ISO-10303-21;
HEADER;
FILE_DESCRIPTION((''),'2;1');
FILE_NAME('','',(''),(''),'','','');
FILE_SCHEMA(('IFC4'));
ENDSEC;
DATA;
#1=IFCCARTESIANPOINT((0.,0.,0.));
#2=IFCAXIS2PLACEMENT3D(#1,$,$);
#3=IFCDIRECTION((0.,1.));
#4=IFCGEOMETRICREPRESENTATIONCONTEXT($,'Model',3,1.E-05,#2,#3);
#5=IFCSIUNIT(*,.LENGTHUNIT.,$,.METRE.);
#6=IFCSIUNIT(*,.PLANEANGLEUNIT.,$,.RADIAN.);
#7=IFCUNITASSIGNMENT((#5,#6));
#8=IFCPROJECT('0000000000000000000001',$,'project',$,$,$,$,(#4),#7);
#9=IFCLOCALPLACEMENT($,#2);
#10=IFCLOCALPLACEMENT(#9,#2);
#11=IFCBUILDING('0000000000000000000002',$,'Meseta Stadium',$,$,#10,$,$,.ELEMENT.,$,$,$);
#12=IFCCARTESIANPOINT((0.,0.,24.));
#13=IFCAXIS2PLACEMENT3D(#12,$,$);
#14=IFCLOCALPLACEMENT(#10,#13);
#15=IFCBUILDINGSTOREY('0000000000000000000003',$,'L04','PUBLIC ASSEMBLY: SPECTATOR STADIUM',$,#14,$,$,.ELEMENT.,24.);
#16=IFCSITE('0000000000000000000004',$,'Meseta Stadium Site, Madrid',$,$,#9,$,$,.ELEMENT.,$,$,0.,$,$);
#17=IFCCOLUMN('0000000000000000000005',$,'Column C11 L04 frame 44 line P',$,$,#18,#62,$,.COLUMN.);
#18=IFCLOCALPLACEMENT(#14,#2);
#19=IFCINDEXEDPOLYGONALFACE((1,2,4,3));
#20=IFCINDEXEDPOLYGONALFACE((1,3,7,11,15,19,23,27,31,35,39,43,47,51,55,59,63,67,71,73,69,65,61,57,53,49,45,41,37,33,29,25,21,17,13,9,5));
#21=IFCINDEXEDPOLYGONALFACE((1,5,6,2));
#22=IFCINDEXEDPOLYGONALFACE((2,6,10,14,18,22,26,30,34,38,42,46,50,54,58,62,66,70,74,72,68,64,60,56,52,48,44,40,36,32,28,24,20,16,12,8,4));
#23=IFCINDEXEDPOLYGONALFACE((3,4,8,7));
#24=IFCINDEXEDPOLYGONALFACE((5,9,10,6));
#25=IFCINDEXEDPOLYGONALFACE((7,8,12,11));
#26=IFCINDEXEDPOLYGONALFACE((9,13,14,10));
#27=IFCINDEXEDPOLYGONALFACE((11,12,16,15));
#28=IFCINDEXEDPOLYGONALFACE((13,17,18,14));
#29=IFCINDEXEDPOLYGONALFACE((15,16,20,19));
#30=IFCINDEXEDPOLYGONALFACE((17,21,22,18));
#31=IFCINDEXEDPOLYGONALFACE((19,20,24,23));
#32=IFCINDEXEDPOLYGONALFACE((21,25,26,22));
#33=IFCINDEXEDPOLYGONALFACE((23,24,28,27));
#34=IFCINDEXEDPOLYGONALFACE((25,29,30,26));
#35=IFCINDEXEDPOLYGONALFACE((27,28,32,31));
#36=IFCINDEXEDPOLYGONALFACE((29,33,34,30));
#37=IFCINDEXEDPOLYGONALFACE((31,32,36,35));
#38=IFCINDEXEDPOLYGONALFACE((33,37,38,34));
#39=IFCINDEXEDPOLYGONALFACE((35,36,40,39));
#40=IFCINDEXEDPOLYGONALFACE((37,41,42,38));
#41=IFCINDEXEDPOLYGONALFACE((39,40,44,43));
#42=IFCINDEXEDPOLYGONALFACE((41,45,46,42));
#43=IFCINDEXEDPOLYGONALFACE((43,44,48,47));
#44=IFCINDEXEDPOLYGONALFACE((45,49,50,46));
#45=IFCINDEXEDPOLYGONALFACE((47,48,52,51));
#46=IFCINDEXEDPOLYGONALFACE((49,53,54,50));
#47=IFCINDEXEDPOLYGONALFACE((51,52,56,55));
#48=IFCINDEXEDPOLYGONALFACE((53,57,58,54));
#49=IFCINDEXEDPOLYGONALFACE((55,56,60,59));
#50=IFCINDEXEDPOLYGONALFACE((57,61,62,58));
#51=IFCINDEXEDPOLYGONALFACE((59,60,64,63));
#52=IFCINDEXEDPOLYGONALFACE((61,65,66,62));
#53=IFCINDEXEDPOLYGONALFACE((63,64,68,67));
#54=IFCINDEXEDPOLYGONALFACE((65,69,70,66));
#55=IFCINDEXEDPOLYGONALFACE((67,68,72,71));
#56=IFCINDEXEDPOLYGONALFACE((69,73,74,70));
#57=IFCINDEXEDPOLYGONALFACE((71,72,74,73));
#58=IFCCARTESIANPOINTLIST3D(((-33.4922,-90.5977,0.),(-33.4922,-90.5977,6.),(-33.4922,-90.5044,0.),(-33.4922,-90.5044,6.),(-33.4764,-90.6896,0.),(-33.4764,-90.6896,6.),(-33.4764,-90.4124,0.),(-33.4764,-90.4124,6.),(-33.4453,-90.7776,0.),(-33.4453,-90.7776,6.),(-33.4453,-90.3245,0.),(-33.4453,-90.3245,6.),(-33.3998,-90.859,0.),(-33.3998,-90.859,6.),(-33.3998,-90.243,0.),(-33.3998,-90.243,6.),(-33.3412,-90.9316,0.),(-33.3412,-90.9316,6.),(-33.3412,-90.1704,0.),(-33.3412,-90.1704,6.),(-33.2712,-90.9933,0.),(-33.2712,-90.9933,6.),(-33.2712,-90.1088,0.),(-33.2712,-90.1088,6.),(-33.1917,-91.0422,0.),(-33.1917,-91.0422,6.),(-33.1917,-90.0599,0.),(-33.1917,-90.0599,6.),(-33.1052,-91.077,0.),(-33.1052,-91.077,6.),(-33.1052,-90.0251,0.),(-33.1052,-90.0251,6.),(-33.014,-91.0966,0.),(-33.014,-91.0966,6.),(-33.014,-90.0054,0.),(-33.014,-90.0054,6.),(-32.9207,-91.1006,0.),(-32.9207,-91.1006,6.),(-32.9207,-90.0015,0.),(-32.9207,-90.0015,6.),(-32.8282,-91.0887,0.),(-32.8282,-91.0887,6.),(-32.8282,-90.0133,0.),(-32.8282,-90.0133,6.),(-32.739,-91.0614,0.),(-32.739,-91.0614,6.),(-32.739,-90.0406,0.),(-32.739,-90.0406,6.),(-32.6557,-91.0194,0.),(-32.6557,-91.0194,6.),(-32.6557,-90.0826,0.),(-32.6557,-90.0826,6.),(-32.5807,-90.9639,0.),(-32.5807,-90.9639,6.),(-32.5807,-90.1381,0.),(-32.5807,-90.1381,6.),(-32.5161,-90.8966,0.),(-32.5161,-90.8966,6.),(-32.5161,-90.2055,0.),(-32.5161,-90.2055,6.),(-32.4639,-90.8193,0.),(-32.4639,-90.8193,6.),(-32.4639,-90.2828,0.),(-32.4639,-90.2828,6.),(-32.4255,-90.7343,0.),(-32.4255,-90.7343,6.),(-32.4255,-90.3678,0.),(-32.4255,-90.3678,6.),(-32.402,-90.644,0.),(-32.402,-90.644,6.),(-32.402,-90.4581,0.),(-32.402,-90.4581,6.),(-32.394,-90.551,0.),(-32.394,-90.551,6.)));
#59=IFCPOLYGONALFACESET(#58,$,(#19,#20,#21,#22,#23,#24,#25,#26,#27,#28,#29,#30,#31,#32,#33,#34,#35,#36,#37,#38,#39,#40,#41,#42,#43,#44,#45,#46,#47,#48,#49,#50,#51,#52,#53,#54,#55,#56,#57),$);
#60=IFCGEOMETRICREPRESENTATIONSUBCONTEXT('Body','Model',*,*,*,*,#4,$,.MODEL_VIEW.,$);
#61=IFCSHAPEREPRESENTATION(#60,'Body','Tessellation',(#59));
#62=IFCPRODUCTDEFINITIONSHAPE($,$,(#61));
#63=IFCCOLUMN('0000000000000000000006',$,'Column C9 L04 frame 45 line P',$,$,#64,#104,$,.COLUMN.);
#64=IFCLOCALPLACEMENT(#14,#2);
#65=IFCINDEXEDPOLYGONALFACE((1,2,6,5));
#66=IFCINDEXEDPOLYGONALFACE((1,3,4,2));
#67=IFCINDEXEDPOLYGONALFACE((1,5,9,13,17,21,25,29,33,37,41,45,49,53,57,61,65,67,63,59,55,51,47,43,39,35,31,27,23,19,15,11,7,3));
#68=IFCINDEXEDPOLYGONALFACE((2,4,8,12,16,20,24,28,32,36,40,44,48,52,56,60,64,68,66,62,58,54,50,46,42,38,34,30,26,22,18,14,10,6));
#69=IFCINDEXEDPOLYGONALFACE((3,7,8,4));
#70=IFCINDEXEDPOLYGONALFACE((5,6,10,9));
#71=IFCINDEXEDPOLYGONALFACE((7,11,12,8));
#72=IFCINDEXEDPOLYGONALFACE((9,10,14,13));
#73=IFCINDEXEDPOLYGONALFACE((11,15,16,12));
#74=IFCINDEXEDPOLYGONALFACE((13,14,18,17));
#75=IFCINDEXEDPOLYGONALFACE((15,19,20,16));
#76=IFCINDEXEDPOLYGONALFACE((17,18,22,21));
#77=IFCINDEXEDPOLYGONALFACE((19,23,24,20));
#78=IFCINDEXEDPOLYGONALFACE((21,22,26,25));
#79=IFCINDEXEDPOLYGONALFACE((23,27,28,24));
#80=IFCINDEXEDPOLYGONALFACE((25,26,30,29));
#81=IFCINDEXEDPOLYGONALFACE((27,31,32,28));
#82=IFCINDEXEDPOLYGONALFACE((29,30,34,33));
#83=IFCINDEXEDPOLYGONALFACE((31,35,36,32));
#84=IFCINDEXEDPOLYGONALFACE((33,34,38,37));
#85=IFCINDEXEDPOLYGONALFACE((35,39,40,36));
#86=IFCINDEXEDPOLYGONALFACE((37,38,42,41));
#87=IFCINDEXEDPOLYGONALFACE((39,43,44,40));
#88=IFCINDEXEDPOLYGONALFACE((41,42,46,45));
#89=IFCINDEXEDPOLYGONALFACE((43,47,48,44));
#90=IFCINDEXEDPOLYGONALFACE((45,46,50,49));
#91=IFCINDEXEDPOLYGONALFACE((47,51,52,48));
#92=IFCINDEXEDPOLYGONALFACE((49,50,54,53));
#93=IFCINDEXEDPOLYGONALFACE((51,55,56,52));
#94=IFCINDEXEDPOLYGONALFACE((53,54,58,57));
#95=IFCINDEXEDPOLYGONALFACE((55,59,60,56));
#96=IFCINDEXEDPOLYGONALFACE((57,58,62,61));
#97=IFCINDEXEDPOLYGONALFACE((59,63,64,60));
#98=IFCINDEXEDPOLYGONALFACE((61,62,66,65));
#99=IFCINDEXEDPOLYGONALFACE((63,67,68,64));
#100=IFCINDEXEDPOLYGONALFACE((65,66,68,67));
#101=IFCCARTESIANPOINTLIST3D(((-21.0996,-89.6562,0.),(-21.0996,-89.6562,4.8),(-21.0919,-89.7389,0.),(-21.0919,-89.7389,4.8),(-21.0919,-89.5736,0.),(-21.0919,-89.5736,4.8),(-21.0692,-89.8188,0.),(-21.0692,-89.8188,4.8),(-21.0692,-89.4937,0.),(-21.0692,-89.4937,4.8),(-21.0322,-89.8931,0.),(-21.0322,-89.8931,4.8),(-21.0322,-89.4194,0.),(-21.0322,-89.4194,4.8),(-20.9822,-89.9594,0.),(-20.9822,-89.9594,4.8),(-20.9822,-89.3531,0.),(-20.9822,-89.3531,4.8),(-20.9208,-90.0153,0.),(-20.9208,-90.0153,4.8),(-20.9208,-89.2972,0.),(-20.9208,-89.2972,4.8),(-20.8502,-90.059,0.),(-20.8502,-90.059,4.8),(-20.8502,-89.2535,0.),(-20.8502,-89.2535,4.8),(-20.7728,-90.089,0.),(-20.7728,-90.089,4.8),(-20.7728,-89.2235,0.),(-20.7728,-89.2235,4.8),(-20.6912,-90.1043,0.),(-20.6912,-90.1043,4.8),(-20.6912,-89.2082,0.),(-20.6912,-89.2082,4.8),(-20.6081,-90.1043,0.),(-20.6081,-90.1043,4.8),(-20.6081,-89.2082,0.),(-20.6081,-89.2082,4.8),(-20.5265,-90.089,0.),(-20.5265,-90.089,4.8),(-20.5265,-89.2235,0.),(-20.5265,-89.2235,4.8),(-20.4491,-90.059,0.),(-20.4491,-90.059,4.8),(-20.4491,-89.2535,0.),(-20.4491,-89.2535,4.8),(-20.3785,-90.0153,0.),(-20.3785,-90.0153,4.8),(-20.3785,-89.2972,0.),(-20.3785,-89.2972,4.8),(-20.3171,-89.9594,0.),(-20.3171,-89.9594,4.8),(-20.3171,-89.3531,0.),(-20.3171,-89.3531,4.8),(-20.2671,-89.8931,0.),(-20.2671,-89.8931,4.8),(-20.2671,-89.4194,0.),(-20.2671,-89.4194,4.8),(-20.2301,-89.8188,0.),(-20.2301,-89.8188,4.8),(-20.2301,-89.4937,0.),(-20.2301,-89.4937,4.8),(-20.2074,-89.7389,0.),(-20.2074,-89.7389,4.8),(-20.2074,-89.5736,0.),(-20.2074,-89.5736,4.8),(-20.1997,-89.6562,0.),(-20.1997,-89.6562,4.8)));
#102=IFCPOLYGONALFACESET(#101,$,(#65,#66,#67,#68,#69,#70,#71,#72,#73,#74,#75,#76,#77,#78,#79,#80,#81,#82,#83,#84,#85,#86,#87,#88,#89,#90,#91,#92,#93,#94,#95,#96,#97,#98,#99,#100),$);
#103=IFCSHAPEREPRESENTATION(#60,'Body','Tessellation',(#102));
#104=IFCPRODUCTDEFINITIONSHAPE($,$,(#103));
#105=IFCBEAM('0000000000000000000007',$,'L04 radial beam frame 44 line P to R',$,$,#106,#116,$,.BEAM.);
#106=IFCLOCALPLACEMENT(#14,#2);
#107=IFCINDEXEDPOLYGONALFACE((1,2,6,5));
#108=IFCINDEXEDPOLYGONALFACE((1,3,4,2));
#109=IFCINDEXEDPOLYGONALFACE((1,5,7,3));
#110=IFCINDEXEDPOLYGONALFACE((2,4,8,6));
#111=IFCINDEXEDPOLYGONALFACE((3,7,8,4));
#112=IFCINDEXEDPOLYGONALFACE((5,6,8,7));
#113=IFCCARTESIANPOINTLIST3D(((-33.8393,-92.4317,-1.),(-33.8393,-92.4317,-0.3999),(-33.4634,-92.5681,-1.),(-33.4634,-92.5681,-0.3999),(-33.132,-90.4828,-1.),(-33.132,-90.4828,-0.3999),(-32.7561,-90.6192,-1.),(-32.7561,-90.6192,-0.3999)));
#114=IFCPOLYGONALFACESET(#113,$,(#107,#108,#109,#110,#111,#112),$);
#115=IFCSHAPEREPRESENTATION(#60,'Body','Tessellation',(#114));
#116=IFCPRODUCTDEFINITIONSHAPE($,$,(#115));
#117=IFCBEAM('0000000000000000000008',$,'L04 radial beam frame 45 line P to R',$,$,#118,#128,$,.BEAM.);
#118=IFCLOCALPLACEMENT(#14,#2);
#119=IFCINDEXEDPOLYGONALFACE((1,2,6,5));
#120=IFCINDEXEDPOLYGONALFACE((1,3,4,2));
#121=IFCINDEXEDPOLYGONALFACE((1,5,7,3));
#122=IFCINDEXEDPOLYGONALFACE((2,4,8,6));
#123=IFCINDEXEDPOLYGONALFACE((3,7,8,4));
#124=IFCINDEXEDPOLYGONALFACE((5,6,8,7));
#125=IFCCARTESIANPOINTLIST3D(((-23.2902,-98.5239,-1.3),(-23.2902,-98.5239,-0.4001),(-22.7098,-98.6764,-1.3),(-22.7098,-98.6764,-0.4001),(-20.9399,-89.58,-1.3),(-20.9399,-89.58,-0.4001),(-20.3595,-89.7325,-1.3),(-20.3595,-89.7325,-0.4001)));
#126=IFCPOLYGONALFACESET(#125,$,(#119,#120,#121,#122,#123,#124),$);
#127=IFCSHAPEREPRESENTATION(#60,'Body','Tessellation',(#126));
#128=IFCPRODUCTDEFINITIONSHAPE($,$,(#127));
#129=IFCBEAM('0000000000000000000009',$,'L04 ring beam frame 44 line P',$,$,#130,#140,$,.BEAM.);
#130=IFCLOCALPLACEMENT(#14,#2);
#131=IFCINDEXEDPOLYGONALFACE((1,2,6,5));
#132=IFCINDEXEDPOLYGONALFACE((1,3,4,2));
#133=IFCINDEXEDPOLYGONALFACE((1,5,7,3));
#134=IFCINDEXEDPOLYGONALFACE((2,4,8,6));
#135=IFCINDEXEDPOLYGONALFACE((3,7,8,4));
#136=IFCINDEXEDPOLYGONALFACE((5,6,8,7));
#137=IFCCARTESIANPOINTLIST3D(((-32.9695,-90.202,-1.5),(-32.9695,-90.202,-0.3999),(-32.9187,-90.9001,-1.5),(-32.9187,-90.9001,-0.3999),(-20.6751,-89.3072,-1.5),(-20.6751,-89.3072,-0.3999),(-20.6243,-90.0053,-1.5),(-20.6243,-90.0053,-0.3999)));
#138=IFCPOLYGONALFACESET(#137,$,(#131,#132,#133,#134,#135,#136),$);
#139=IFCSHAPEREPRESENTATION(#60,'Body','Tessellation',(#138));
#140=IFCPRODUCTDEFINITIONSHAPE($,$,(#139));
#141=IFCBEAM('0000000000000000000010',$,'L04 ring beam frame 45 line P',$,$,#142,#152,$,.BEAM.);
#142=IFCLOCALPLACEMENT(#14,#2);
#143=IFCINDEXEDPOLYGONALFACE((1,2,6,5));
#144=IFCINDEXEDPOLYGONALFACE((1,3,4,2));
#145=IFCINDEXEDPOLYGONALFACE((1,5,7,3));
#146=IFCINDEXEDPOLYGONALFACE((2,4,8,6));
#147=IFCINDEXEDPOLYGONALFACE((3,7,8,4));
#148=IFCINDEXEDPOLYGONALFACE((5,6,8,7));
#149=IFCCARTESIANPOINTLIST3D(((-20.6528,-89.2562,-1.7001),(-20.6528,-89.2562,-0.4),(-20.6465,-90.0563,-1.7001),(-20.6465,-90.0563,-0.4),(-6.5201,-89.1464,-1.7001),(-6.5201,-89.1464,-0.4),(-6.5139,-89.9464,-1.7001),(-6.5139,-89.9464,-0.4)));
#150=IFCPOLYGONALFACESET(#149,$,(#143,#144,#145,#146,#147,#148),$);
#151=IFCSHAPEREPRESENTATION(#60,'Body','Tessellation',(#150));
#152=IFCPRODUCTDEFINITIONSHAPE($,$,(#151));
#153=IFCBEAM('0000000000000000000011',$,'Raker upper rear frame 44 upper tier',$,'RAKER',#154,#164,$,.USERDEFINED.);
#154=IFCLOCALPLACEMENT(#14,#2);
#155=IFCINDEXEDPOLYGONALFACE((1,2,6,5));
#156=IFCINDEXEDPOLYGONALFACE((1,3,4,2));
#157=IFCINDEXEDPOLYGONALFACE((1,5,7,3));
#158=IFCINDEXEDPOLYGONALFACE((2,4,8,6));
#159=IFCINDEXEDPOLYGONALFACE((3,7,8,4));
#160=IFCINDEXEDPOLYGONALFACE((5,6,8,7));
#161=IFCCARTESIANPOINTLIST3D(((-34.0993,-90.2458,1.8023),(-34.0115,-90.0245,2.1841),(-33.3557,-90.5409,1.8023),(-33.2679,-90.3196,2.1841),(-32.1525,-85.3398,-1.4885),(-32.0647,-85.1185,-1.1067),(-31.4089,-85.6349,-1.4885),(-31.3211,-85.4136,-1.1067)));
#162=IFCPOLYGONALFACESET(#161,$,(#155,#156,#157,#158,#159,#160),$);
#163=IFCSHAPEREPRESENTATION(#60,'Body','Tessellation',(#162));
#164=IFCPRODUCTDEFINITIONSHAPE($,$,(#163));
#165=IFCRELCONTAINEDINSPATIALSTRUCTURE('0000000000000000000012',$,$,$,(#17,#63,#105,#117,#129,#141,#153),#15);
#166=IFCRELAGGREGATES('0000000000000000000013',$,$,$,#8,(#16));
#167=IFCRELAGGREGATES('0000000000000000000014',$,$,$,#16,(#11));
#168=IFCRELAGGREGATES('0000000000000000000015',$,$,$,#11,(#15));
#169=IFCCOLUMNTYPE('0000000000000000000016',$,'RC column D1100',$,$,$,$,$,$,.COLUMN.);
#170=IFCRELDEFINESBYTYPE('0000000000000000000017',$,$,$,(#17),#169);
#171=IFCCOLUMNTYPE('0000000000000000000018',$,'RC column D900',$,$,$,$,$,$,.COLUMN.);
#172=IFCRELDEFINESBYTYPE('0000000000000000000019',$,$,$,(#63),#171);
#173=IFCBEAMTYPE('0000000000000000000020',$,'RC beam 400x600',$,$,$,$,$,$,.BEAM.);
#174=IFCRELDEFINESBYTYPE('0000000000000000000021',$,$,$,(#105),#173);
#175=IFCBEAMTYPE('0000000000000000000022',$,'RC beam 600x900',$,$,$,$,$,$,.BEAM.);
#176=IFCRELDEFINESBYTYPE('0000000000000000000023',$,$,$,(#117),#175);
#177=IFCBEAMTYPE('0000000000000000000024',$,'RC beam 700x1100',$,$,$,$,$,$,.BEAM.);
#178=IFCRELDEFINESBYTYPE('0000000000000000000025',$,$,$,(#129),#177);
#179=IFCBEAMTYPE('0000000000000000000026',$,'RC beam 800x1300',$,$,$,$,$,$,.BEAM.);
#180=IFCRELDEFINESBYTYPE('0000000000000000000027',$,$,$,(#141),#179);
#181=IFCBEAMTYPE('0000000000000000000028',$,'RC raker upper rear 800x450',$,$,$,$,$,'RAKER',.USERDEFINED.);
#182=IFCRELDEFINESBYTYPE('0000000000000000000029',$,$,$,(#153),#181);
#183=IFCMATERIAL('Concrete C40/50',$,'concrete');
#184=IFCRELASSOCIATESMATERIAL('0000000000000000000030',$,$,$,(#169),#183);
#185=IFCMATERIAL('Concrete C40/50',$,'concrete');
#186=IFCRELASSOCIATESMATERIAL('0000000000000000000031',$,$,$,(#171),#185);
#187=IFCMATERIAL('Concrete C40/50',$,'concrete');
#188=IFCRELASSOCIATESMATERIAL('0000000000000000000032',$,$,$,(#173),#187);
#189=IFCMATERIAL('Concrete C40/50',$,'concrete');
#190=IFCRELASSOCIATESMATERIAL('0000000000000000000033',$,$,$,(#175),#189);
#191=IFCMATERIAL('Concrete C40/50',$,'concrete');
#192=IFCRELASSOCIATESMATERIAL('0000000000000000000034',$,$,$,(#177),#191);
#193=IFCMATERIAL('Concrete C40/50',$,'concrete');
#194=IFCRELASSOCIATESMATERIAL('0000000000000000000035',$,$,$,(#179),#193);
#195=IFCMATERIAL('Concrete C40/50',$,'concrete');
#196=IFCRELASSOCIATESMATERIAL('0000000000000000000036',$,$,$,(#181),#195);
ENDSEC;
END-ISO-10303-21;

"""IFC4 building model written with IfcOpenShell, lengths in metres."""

from ifc_helpers import new_model, si_unit, direction, frame, origin, origin_2d, place, context, subcontext, project, spatial, rectangle, circle, extrude, material, material_profile, profile_set, type_object, element, save


model = new_model("IFC4")

# Units and contexts
model_context = context("Model", 3, precision=1e-05, world=origin(), true_north=direction((0.0, 1.0)))
body_context = subcontext(model_context, "Body", "Model", "MODEL_VIEW")
ifc_project = project(units=[si_unit("LENGTHUNIT", "METRE"), si_unit("PLANEANGLEUNIT", "RADIAN")], contexts=[model_context])

# Site, building, storey
site_placement = place(None, origin())
site = spatial("IfcSite", under=ifc_project, at=site_placement, Name="Meseta Stadium Site, Madrid", CompositionType="ELEMENT", RefElevation=0.0)
building_placement = place(site_placement, origin())
building = spatial("IfcBuilding", under=site, at=building_placement, Name="Meseta Stadium", CompositionType="ELEMENT")
storey_placement = place(building_placement, frame((0.0, 0.0, 24.0)))
storey = spatial("IfcBuildingStorey", under=building, at=storey_placement, Name="L04", Description="PUBLIC ASSEMBLY: SPECTATOR STADIUM", CompositionType="ELEMENT", Elevation=24.0)

# Columns
ifc_material_1 = material(Name="Concrete C40/50", Category="concrete")
ifc_material_profile_1 = material_profile(ifc_material_1, circle(Radius=0.55, at=origin_2d()), Name="RC D1100")
ifc_profile_set_1 = profile_set([ifc_material_profile_1], Name="Concrete C40/50")
column_type_1 = type_object("IfcColumnType", Name="RC column D1100", PredefinedType="COLUMN", material=ifc_profile_set_1)
column_1_placement = place(storey_placement, frame((-32.9441, -90.551, 0.0), z_axis=(0.0, 0.0, 1.0), x_axis=(1.0, 0.0, 0.0)))
element("IfcColumn", 1, at=column_1_placement, inside=storey, type_object=column_type_1, Name="Column C11 L04 frame 44 line P", PredefinedType="COLUMN", context=body_context, shape_type="SweptSolid", body=[
    extrude(circle(Radius=0.55, at=origin_2d()), origin(), (0.0, 0.0, 1.0), 6.0),
])
ifc_material_2 = material(Name="Concrete C40/50", Category="concrete")
ifc_material_profile_2 = material_profile(ifc_material_2, circle(Radius=0.45, at=origin_2d()), Name="RC D900")
ifc_profile_set_2 = profile_set([ifc_material_profile_2], Name="Concrete C40/50")
column_type_2 = type_object("IfcColumnType", Name="RC column D900", PredefinedType="COLUMN", material=ifc_profile_set_2)
column_2_placement = place(storey_placement, frame((-20.6497, -89.6562, 0.0), z_axis=(0.0, 0.0, 1.0), x_axis=(1.0, 0.0, 0.0)))
element("IfcColumn", 2, at=column_2_placement, inside=storey, type_object=column_type_2, Name="Column C9 L04 frame 45 line P", PredefinedType="COLUMN", context=body_context, shape_type="SweptSolid", body=[
    extrude(circle(Radius=0.45, at=origin_2d()), origin(), (0.0, 0.0, 1.0), 4.8),
])

# Beams
ifc_material_3 = material(Name="Concrete C40/50", Category="concrete")
ifc_material_profile_3 = material_profile(ifc_material_3, rectangle(XDim=0.3999, YDim=0.6001, at=origin_2d()), Name="RC 400x600")
ifc_profile_set_3 = profile_set([ifc_material_profile_3], Name="Concrete C40/50")
beam_type_1 = type_object("IfcBeamType", Name="RC beam 400x600", PredefinedType="BEAM", material=ifc_profile_set_3)
beam_1_placement = place(storey_placement, frame((-32.9441, -90.551, -0.7), z_axis=(-0.341128, -0.940017, 0.0), x_axis=(0.940017, -0.341128, 0.0)))
element("IfcBeam", 3, at=beam_1_placement, inside=storey, type_object=beam_type_1, Name="L04 radial beam frame 44 line P to R", PredefinedType="BEAM", context=body_context, shape_type="SweptSolid", body=[
    extrude(rectangle(XDim=0.3999, YDim=0.6001, at=origin_2d()), origin(), (0.0, 0.0, 1.0), 2.0732),
])
ifc_material_4 = material(Name="Concrete C40/50", Category="concrete")
ifc_material_profile_4 = material_profile(ifc_material_4, rectangle(XDim=0.6001, YDim=0.8999, at=origin_2d()), Name="RC 600x900")
ifc_profile_set_4 = profile_set([ifc_material_profile_4], Name="Concrete C40/50")
beam_type_2 = type_object("IfcBeamType", Name="RC beam 600x900", PredefinedType="BEAM", material=ifc_profile_set_4)
beam_2_placement = place(storey_placement, frame((-20.6497, -89.6562, -0.8501), z_axis=(-0.254159, -0.967162, 0.0), x_axis=(0.967162, -0.254159, 0.0)))
element("IfcBeam", 4, at=beam_2_placement, inside=storey, type_object=beam_type_2, Name="L04 radial beam frame 45 line P to R", PredefinedType="BEAM", context=body_context, shape_type="SweptSolid", body=[
    extrude(rectangle(XDim=0.6001, YDim=0.8999, at=origin_2d()), origin(), (0.0, 0.0, 1.0), 9.2476),
])
ifc_material_5 = material(Name="Concrete C40/50", Category="concrete")
ifc_material_profile_5 = material_profile(ifc_material_5, rectangle(XDim=0.7, YDim=1.1001, at=origin_2d()), Name="RC 700x1100")
ifc_profile_set_5 = profile_set([ifc_material_profile_5], Name="Concrete C40/50")
beam_type_3 = type_object("IfcBeamType", Name="RC beam 700x1100", PredefinedType="BEAM", material=ifc_profile_set_5)
beam_3_placement = place(storey_placement, frame((-32.9441, -90.551, -0.95), z_axis=(0.997362, 0.072587, 0.0), x_axis=(-0.072587, 0.997362, 0.0)))
element("IfcBeam", 5, at=beam_3_placement, inside=storey, type_object=beam_type_3, Name="L04 ring beam frame 44 line P", PredefinedType="BEAM", context=body_context, shape_type="SweptSolid", body=[
    extrude(rectangle(XDim=0.7, YDim=1.1001, at=origin_2d()), origin(), (0.0, 0.0, 1.0), 12.3269),
])
ifc_material_6 = material(Name="Concrete C40/50", Category="concrete")
ifc_material_profile_6 = material_profile(ifc_material_6, rectangle(XDim=0.8, YDim=1.3, at=origin_2d()), Name="RC 800x1300")
ifc_profile_set_6 = profile_set([ifc_material_profile_6], Name="Concrete C40/50")
beam_type_4 = type_object("IfcBeamType", Name="RC beam 800x1300", PredefinedType="BEAM", material=ifc_profile_set_6)
beam_4_placement = place(storey_placement, frame((-20.6497, -89.6562, -1.05), z_axis=(0.99997, 0.007774, 0.0), x_axis=(-0.007774, 0.99997, 0.0)))
element("IfcBeam", 6, at=beam_4_placement, inside=storey, type_object=beam_type_4, Name="L04 ring beam frame 45 line P", PredefinedType="BEAM", context=body_context, shape_type="SweptSolid", body=[
    extrude(rectangle(XDim=0.8, YDim=1.3, at=origin_2d()), origin(), (0.0, 0.0, 1.0), 14.1331),
])
ifc_material_7 = material(Name="Concrete C40/50", Category="concrete")
ifc_material_profile_7 = material_profile(ifc_material_7, rectangle(XDim=0.8, YDim=0.45, at=origin_2d()), Name="RC 800x450")
ifc_profile_set_7 = profile_set([ifc_material_profile_7], Name="Concrete C40/50")
beam_type_5 = type_object("IfcBeamType", Name="RC raker upper rear 800x450", ElementType="RAKER", PredefinedType="USERDEFINED", material=ifc_profile_set_7)
beam_5_placement = place(storey_placement, frame((-31.7368, -85.3767, -1.2976), z_axis=(-0.312988, -0.788751, 0.529066), x_axis=(0.929494, -0.368837, 0.0)))
element("IfcBeam", 7, at=beam_5_placement, inside=storey, type_object=beam_type_5, Name="Raker upper rear frame 44 upper tier", ObjectType="RAKER", PredefinedType="USERDEFINED", context=body_context, shape_type="SweptSolid", body=[
    extrude(rectangle(XDim=0.8, YDim=0.45, at=origin_2d()), origin(), (0.0, 0.0, 1.0), 6.22),
])

save(model, "model.ifc")
